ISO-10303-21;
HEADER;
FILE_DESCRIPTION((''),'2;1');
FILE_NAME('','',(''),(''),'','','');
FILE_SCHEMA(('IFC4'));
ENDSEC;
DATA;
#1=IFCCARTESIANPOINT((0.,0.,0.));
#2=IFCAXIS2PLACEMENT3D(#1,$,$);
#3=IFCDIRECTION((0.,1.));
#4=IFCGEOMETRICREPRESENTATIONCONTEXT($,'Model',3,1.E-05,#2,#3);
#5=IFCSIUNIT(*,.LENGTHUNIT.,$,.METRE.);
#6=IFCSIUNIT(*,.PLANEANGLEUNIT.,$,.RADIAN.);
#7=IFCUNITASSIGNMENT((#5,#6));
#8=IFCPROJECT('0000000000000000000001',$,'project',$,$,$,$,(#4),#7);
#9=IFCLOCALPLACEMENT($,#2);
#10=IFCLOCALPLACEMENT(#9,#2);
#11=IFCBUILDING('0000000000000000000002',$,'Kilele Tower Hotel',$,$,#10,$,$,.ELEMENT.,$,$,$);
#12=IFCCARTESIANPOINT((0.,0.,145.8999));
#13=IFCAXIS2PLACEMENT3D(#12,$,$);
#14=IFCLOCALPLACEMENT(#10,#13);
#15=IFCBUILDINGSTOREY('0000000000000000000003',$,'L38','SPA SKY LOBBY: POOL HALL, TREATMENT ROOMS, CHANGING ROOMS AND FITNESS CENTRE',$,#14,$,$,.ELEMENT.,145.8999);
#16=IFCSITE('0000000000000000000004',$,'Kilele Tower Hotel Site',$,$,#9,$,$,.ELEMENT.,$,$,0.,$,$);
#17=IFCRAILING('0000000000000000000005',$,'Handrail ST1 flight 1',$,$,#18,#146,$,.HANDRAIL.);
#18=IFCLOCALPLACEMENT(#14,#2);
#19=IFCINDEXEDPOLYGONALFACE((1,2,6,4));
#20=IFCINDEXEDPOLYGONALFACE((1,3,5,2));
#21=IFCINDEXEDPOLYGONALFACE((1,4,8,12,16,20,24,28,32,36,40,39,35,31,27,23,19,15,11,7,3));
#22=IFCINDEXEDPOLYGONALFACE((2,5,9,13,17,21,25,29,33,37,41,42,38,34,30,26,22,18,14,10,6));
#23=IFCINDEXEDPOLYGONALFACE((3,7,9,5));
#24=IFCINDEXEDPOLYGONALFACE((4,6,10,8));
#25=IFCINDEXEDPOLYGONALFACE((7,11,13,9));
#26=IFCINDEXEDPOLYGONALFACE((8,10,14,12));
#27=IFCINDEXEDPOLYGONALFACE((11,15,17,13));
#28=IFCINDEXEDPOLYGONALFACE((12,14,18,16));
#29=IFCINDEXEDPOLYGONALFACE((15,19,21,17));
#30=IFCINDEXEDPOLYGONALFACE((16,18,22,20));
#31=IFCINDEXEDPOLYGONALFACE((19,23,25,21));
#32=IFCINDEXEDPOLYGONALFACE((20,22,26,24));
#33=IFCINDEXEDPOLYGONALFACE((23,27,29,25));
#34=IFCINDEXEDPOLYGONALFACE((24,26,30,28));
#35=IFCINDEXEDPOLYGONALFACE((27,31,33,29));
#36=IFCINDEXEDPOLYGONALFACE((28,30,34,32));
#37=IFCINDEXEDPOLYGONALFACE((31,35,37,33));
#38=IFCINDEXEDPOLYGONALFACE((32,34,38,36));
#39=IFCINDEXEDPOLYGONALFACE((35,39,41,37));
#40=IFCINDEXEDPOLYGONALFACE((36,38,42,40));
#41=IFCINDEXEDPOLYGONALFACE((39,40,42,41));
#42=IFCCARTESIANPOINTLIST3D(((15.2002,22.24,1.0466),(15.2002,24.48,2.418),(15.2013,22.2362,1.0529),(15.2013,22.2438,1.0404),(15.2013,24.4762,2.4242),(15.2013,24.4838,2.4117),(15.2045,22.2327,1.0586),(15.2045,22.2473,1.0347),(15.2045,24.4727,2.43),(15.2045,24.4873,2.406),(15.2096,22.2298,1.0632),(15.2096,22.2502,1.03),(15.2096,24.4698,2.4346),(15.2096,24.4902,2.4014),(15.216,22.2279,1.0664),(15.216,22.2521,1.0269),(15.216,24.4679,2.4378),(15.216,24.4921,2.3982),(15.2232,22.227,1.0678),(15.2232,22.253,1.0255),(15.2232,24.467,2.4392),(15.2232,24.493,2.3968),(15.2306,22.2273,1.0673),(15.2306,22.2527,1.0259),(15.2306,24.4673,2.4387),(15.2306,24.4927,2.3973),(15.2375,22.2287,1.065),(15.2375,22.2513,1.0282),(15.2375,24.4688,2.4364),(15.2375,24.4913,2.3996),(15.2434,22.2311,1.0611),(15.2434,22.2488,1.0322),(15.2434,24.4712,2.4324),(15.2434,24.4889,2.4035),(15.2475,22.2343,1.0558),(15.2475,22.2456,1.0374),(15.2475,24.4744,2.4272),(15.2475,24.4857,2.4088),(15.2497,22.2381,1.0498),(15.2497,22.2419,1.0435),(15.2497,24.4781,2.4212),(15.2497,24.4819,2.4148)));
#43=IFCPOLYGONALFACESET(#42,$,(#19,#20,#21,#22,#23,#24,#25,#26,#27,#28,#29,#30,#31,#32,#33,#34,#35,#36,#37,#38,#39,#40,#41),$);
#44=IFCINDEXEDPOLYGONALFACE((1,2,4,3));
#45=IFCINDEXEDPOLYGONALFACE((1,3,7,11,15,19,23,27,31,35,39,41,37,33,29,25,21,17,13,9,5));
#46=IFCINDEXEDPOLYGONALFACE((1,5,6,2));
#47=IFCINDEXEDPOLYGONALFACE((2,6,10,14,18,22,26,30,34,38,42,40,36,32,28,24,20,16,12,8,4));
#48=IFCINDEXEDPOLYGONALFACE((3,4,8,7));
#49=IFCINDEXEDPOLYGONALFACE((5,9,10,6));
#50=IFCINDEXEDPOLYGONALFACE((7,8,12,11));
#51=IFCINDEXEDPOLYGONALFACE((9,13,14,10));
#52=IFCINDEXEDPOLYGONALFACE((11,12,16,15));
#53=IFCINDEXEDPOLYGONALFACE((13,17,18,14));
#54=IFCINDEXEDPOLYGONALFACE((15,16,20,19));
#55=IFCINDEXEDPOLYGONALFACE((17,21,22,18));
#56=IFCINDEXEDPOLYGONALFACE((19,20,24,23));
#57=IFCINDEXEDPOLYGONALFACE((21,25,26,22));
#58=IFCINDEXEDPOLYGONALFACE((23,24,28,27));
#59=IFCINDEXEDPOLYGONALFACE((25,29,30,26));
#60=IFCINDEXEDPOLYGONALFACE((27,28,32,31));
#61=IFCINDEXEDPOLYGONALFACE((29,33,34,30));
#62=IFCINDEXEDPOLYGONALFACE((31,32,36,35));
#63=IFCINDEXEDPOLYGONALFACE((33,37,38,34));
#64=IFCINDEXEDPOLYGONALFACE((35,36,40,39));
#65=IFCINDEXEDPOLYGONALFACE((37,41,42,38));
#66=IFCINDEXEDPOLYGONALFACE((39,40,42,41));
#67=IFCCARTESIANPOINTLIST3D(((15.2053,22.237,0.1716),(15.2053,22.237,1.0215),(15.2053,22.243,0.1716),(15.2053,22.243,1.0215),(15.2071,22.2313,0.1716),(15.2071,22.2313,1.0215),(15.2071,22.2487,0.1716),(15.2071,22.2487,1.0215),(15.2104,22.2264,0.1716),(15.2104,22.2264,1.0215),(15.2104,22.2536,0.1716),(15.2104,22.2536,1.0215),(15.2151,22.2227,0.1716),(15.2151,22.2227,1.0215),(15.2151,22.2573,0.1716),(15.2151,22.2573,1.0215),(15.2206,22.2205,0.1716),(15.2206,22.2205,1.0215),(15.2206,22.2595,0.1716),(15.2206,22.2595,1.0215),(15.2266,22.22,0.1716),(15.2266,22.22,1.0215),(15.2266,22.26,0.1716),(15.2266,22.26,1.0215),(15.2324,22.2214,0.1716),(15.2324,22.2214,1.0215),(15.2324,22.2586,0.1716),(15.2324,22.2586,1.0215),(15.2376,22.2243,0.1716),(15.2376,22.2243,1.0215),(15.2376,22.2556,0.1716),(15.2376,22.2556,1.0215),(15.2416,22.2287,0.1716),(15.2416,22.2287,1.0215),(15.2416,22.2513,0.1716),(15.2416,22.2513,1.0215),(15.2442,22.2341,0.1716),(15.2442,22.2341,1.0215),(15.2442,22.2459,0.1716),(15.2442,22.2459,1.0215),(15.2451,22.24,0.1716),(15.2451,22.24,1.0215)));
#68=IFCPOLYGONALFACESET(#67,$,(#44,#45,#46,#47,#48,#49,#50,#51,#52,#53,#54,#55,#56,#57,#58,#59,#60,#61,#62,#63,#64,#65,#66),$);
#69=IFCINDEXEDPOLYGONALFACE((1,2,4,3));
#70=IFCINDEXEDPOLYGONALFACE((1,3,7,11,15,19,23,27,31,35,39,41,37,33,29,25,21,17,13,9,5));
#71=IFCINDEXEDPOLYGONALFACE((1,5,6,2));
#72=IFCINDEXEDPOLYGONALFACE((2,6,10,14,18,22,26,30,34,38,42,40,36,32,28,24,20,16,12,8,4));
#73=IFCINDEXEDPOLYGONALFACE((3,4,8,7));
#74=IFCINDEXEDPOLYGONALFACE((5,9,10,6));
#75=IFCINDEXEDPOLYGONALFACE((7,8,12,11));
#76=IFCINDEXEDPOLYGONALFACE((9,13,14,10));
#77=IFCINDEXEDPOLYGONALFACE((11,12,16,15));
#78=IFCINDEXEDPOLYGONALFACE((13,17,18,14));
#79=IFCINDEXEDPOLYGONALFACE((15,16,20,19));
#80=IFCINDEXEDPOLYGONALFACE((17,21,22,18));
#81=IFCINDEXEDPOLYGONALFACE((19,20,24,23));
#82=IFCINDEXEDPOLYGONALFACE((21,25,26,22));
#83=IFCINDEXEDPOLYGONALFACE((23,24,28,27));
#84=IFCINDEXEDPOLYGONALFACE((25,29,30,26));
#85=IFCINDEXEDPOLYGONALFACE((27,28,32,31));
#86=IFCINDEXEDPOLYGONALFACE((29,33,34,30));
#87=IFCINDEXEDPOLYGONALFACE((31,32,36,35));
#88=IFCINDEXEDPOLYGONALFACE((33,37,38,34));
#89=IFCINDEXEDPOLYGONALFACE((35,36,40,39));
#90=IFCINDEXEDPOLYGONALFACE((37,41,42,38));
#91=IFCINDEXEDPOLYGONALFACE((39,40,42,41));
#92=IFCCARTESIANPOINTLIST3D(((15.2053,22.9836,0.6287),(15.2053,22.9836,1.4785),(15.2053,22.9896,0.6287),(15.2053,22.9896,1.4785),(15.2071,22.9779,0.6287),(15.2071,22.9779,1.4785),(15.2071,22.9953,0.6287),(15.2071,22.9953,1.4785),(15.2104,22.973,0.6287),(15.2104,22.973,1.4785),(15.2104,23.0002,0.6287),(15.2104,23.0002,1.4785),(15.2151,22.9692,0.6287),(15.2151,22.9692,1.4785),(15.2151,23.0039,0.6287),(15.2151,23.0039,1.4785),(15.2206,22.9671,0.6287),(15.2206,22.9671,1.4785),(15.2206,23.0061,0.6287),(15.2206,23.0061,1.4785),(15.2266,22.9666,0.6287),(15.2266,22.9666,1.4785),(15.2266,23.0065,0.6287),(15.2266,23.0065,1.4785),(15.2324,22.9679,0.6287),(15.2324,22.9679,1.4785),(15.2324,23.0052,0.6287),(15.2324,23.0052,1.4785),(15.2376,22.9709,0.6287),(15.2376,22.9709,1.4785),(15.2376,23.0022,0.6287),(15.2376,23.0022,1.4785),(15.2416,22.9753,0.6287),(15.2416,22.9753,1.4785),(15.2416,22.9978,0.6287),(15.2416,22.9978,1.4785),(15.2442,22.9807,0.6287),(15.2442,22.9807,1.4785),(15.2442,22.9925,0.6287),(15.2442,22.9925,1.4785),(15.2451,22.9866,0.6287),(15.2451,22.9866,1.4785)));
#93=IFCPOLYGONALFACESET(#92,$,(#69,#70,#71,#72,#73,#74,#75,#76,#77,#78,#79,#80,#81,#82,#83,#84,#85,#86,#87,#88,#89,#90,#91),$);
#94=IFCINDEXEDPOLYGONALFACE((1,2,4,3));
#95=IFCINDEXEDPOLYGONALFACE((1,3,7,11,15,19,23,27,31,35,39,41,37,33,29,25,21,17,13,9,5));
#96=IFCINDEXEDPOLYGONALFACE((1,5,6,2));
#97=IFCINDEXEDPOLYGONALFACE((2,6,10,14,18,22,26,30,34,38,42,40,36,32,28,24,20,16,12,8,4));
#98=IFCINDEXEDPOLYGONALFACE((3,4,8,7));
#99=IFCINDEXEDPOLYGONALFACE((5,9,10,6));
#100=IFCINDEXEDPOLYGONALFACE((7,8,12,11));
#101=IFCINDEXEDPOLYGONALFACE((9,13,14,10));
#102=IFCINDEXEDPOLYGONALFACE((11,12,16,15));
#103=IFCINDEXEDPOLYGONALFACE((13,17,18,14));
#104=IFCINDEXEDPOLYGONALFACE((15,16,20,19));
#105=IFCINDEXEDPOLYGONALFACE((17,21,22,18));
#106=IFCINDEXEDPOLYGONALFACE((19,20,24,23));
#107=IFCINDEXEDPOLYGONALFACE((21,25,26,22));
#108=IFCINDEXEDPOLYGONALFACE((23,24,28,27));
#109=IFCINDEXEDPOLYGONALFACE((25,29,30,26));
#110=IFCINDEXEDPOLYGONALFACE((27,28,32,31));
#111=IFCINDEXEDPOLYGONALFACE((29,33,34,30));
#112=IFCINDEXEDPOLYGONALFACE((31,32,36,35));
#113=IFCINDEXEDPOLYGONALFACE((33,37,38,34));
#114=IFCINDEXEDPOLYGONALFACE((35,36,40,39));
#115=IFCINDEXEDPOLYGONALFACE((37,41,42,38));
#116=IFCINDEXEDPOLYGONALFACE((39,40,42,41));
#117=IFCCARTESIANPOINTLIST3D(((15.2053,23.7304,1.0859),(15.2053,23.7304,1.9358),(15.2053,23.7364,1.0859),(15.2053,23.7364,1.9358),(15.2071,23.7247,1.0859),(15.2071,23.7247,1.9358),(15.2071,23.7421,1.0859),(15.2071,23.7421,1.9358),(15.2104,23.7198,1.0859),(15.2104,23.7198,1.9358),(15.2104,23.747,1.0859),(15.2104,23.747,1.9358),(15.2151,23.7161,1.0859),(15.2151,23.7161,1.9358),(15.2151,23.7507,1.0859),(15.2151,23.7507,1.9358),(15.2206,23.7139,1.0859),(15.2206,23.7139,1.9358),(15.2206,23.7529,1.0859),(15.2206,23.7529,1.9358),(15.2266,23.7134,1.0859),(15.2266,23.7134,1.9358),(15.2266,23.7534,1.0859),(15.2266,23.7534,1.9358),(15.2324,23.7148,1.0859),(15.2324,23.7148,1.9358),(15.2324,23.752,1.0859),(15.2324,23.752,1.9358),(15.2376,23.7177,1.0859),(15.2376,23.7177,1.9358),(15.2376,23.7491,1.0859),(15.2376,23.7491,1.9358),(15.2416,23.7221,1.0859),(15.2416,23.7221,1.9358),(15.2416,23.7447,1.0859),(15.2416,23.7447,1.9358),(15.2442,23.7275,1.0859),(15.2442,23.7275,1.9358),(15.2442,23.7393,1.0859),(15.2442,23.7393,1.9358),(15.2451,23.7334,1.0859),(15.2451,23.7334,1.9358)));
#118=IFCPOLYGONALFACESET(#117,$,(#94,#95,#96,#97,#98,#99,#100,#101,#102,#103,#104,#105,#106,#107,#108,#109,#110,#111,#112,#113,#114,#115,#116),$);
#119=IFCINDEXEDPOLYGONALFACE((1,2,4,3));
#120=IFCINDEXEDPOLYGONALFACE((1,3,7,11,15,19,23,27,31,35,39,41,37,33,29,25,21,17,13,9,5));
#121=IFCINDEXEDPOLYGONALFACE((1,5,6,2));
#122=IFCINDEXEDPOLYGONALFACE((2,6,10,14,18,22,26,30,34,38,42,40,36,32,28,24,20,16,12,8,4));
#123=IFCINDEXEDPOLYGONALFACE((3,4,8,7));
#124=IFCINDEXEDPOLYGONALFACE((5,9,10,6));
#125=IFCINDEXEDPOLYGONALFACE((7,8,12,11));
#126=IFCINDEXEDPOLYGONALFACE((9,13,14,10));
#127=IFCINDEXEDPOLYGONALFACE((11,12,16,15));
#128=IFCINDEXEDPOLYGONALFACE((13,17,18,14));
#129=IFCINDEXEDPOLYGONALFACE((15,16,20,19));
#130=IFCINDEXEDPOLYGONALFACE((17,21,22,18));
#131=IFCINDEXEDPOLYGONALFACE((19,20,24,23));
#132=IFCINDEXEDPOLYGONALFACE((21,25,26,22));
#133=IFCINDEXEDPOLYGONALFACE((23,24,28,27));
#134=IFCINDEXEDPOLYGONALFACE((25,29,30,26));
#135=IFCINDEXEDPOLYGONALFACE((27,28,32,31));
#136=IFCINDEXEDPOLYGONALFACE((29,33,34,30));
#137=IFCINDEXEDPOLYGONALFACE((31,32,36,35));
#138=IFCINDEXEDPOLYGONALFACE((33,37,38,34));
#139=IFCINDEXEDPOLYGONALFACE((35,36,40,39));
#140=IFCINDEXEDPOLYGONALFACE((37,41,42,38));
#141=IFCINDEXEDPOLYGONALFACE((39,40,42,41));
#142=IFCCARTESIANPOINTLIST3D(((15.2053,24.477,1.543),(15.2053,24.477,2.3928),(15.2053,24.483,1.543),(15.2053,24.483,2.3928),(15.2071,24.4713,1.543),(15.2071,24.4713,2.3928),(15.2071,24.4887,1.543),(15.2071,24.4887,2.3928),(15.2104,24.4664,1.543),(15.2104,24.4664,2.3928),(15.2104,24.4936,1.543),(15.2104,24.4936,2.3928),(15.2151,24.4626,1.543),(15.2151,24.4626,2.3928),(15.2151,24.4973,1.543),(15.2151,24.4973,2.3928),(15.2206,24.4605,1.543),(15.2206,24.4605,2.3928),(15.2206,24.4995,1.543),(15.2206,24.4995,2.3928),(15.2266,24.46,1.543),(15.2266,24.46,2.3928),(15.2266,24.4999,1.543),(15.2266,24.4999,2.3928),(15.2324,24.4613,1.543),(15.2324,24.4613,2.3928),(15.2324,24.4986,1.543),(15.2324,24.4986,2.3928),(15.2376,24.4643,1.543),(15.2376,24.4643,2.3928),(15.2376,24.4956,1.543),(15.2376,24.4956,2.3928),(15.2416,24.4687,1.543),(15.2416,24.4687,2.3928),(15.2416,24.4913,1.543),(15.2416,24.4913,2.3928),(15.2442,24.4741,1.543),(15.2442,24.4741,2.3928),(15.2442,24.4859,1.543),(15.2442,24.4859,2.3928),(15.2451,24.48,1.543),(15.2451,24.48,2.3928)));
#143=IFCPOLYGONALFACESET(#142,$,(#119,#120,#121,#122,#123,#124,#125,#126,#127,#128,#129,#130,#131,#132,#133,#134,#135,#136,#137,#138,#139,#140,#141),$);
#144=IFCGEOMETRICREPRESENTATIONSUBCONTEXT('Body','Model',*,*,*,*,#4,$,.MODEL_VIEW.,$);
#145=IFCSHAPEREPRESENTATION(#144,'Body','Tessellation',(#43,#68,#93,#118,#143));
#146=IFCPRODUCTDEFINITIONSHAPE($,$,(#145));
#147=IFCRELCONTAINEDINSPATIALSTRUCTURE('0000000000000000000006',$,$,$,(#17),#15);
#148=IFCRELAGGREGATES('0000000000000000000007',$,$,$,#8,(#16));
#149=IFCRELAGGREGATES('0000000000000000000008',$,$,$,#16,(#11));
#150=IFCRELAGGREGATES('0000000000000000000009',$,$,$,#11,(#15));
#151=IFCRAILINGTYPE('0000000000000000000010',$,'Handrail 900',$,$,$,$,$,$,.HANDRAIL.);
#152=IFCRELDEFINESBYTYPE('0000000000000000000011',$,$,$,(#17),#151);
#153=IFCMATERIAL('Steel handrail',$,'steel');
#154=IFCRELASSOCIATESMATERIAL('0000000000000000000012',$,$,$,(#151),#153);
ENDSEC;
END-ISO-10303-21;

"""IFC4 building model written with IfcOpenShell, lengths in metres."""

from ifc_helpers import new_model, si_unit, direction, frame, origin, origin_2d, place, context, subcontext, project, spatial, circle, extrude, material, type_object, element, save


model = new_model("IFC4")

# Units and contexts
model_context = context("Model", 3, precision=1e-05, world=origin(), true_north=direction((0.0, 1.0)))
body_context = subcontext(model_context, "Body", "Model", "MODEL_VIEW")
ifc_project = project(units=[si_unit("LENGTHUNIT", "METRE"), si_unit("PLANEANGLEUNIT", "RADIAN")], contexts=[model_context])

# Site, building, storey
site_placement = place(None, origin())
site = spatial("IfcSite", under=ifc_project, at=site_placement, Name="Kilele Tower Hotel Site", CompositionType="ELEMENT", RefElevation=0.0)
building_placement = place(site_placement, origin())
building = spatial("IfcBuilding", under=site, at=building_placement, Name="Kilele Tower Hotel", CompositionType="ELEMENT")
storey_placement = place(building_placement, frame((0.0, 0.0, 145.8999)))
storey = spatial("IfcBuildingStorey", under=building, at=storey_placement, Name="L38", Description="SPA SKY LOBBY: POOL HALL, TREATMENT ROOMS, CHANGING ROOMS AND FITNESS CENTRE", CompositionType="ELEMENT", Elevation=145.8999)

# Railing
ifc_material_1 = material(Name="Steel handrail", Category="steel")
railing_type_1 = type_object("IfcRailingType", Name="Handrail 900", PredefinedType="HANDRAIL", material=ifc_material_1)
for number, where, name in (
    (1, (15.2251, 22.24, 0.1716), "Handrail ST1 flight 1"),
):
    element("IfcRailing", number, at=place(storey_placement, frame(where)), inside=storey, type_object=railing_type_1, Name=name, PredefinedType="HANDRAIL", context=body_context, shape_type="SweptSolid", body=[
        extrude(circle(Radius=0.0249, at=origin_2d()), frame((0.0, 0.0, 0.875), z_axis=(0.0, 0.852866, 0.52213), x_axis=(-1.0, 0.0, 0.0)), (0.0, 0.0, 1.0), 2.6265),
        extrude(circle(Radius=0.02, at=origin_2d()), origin(), (0.0, 0.0, 1.0), 0.8499),
        extrude(circle(Radius=0.02, at=origin_2d()), frame((0.0, 0.7466, 0.457)), (0.0, 0.0, 1.0), 0.8499),
        extrude(circle(Radius=0.02, at=origin_2d()), frame((0.0, 1.4934, 0.9143)), (0.0, 0.0, 1.0), 0.8499),
        extrude(circle(Radius=0.02, at=origin_2d()), frame((0.0, 2.24, 1.3713)), (0.0, 0.0, 1.0), 0.8499),
    ])

save(model, "model.ifc")
